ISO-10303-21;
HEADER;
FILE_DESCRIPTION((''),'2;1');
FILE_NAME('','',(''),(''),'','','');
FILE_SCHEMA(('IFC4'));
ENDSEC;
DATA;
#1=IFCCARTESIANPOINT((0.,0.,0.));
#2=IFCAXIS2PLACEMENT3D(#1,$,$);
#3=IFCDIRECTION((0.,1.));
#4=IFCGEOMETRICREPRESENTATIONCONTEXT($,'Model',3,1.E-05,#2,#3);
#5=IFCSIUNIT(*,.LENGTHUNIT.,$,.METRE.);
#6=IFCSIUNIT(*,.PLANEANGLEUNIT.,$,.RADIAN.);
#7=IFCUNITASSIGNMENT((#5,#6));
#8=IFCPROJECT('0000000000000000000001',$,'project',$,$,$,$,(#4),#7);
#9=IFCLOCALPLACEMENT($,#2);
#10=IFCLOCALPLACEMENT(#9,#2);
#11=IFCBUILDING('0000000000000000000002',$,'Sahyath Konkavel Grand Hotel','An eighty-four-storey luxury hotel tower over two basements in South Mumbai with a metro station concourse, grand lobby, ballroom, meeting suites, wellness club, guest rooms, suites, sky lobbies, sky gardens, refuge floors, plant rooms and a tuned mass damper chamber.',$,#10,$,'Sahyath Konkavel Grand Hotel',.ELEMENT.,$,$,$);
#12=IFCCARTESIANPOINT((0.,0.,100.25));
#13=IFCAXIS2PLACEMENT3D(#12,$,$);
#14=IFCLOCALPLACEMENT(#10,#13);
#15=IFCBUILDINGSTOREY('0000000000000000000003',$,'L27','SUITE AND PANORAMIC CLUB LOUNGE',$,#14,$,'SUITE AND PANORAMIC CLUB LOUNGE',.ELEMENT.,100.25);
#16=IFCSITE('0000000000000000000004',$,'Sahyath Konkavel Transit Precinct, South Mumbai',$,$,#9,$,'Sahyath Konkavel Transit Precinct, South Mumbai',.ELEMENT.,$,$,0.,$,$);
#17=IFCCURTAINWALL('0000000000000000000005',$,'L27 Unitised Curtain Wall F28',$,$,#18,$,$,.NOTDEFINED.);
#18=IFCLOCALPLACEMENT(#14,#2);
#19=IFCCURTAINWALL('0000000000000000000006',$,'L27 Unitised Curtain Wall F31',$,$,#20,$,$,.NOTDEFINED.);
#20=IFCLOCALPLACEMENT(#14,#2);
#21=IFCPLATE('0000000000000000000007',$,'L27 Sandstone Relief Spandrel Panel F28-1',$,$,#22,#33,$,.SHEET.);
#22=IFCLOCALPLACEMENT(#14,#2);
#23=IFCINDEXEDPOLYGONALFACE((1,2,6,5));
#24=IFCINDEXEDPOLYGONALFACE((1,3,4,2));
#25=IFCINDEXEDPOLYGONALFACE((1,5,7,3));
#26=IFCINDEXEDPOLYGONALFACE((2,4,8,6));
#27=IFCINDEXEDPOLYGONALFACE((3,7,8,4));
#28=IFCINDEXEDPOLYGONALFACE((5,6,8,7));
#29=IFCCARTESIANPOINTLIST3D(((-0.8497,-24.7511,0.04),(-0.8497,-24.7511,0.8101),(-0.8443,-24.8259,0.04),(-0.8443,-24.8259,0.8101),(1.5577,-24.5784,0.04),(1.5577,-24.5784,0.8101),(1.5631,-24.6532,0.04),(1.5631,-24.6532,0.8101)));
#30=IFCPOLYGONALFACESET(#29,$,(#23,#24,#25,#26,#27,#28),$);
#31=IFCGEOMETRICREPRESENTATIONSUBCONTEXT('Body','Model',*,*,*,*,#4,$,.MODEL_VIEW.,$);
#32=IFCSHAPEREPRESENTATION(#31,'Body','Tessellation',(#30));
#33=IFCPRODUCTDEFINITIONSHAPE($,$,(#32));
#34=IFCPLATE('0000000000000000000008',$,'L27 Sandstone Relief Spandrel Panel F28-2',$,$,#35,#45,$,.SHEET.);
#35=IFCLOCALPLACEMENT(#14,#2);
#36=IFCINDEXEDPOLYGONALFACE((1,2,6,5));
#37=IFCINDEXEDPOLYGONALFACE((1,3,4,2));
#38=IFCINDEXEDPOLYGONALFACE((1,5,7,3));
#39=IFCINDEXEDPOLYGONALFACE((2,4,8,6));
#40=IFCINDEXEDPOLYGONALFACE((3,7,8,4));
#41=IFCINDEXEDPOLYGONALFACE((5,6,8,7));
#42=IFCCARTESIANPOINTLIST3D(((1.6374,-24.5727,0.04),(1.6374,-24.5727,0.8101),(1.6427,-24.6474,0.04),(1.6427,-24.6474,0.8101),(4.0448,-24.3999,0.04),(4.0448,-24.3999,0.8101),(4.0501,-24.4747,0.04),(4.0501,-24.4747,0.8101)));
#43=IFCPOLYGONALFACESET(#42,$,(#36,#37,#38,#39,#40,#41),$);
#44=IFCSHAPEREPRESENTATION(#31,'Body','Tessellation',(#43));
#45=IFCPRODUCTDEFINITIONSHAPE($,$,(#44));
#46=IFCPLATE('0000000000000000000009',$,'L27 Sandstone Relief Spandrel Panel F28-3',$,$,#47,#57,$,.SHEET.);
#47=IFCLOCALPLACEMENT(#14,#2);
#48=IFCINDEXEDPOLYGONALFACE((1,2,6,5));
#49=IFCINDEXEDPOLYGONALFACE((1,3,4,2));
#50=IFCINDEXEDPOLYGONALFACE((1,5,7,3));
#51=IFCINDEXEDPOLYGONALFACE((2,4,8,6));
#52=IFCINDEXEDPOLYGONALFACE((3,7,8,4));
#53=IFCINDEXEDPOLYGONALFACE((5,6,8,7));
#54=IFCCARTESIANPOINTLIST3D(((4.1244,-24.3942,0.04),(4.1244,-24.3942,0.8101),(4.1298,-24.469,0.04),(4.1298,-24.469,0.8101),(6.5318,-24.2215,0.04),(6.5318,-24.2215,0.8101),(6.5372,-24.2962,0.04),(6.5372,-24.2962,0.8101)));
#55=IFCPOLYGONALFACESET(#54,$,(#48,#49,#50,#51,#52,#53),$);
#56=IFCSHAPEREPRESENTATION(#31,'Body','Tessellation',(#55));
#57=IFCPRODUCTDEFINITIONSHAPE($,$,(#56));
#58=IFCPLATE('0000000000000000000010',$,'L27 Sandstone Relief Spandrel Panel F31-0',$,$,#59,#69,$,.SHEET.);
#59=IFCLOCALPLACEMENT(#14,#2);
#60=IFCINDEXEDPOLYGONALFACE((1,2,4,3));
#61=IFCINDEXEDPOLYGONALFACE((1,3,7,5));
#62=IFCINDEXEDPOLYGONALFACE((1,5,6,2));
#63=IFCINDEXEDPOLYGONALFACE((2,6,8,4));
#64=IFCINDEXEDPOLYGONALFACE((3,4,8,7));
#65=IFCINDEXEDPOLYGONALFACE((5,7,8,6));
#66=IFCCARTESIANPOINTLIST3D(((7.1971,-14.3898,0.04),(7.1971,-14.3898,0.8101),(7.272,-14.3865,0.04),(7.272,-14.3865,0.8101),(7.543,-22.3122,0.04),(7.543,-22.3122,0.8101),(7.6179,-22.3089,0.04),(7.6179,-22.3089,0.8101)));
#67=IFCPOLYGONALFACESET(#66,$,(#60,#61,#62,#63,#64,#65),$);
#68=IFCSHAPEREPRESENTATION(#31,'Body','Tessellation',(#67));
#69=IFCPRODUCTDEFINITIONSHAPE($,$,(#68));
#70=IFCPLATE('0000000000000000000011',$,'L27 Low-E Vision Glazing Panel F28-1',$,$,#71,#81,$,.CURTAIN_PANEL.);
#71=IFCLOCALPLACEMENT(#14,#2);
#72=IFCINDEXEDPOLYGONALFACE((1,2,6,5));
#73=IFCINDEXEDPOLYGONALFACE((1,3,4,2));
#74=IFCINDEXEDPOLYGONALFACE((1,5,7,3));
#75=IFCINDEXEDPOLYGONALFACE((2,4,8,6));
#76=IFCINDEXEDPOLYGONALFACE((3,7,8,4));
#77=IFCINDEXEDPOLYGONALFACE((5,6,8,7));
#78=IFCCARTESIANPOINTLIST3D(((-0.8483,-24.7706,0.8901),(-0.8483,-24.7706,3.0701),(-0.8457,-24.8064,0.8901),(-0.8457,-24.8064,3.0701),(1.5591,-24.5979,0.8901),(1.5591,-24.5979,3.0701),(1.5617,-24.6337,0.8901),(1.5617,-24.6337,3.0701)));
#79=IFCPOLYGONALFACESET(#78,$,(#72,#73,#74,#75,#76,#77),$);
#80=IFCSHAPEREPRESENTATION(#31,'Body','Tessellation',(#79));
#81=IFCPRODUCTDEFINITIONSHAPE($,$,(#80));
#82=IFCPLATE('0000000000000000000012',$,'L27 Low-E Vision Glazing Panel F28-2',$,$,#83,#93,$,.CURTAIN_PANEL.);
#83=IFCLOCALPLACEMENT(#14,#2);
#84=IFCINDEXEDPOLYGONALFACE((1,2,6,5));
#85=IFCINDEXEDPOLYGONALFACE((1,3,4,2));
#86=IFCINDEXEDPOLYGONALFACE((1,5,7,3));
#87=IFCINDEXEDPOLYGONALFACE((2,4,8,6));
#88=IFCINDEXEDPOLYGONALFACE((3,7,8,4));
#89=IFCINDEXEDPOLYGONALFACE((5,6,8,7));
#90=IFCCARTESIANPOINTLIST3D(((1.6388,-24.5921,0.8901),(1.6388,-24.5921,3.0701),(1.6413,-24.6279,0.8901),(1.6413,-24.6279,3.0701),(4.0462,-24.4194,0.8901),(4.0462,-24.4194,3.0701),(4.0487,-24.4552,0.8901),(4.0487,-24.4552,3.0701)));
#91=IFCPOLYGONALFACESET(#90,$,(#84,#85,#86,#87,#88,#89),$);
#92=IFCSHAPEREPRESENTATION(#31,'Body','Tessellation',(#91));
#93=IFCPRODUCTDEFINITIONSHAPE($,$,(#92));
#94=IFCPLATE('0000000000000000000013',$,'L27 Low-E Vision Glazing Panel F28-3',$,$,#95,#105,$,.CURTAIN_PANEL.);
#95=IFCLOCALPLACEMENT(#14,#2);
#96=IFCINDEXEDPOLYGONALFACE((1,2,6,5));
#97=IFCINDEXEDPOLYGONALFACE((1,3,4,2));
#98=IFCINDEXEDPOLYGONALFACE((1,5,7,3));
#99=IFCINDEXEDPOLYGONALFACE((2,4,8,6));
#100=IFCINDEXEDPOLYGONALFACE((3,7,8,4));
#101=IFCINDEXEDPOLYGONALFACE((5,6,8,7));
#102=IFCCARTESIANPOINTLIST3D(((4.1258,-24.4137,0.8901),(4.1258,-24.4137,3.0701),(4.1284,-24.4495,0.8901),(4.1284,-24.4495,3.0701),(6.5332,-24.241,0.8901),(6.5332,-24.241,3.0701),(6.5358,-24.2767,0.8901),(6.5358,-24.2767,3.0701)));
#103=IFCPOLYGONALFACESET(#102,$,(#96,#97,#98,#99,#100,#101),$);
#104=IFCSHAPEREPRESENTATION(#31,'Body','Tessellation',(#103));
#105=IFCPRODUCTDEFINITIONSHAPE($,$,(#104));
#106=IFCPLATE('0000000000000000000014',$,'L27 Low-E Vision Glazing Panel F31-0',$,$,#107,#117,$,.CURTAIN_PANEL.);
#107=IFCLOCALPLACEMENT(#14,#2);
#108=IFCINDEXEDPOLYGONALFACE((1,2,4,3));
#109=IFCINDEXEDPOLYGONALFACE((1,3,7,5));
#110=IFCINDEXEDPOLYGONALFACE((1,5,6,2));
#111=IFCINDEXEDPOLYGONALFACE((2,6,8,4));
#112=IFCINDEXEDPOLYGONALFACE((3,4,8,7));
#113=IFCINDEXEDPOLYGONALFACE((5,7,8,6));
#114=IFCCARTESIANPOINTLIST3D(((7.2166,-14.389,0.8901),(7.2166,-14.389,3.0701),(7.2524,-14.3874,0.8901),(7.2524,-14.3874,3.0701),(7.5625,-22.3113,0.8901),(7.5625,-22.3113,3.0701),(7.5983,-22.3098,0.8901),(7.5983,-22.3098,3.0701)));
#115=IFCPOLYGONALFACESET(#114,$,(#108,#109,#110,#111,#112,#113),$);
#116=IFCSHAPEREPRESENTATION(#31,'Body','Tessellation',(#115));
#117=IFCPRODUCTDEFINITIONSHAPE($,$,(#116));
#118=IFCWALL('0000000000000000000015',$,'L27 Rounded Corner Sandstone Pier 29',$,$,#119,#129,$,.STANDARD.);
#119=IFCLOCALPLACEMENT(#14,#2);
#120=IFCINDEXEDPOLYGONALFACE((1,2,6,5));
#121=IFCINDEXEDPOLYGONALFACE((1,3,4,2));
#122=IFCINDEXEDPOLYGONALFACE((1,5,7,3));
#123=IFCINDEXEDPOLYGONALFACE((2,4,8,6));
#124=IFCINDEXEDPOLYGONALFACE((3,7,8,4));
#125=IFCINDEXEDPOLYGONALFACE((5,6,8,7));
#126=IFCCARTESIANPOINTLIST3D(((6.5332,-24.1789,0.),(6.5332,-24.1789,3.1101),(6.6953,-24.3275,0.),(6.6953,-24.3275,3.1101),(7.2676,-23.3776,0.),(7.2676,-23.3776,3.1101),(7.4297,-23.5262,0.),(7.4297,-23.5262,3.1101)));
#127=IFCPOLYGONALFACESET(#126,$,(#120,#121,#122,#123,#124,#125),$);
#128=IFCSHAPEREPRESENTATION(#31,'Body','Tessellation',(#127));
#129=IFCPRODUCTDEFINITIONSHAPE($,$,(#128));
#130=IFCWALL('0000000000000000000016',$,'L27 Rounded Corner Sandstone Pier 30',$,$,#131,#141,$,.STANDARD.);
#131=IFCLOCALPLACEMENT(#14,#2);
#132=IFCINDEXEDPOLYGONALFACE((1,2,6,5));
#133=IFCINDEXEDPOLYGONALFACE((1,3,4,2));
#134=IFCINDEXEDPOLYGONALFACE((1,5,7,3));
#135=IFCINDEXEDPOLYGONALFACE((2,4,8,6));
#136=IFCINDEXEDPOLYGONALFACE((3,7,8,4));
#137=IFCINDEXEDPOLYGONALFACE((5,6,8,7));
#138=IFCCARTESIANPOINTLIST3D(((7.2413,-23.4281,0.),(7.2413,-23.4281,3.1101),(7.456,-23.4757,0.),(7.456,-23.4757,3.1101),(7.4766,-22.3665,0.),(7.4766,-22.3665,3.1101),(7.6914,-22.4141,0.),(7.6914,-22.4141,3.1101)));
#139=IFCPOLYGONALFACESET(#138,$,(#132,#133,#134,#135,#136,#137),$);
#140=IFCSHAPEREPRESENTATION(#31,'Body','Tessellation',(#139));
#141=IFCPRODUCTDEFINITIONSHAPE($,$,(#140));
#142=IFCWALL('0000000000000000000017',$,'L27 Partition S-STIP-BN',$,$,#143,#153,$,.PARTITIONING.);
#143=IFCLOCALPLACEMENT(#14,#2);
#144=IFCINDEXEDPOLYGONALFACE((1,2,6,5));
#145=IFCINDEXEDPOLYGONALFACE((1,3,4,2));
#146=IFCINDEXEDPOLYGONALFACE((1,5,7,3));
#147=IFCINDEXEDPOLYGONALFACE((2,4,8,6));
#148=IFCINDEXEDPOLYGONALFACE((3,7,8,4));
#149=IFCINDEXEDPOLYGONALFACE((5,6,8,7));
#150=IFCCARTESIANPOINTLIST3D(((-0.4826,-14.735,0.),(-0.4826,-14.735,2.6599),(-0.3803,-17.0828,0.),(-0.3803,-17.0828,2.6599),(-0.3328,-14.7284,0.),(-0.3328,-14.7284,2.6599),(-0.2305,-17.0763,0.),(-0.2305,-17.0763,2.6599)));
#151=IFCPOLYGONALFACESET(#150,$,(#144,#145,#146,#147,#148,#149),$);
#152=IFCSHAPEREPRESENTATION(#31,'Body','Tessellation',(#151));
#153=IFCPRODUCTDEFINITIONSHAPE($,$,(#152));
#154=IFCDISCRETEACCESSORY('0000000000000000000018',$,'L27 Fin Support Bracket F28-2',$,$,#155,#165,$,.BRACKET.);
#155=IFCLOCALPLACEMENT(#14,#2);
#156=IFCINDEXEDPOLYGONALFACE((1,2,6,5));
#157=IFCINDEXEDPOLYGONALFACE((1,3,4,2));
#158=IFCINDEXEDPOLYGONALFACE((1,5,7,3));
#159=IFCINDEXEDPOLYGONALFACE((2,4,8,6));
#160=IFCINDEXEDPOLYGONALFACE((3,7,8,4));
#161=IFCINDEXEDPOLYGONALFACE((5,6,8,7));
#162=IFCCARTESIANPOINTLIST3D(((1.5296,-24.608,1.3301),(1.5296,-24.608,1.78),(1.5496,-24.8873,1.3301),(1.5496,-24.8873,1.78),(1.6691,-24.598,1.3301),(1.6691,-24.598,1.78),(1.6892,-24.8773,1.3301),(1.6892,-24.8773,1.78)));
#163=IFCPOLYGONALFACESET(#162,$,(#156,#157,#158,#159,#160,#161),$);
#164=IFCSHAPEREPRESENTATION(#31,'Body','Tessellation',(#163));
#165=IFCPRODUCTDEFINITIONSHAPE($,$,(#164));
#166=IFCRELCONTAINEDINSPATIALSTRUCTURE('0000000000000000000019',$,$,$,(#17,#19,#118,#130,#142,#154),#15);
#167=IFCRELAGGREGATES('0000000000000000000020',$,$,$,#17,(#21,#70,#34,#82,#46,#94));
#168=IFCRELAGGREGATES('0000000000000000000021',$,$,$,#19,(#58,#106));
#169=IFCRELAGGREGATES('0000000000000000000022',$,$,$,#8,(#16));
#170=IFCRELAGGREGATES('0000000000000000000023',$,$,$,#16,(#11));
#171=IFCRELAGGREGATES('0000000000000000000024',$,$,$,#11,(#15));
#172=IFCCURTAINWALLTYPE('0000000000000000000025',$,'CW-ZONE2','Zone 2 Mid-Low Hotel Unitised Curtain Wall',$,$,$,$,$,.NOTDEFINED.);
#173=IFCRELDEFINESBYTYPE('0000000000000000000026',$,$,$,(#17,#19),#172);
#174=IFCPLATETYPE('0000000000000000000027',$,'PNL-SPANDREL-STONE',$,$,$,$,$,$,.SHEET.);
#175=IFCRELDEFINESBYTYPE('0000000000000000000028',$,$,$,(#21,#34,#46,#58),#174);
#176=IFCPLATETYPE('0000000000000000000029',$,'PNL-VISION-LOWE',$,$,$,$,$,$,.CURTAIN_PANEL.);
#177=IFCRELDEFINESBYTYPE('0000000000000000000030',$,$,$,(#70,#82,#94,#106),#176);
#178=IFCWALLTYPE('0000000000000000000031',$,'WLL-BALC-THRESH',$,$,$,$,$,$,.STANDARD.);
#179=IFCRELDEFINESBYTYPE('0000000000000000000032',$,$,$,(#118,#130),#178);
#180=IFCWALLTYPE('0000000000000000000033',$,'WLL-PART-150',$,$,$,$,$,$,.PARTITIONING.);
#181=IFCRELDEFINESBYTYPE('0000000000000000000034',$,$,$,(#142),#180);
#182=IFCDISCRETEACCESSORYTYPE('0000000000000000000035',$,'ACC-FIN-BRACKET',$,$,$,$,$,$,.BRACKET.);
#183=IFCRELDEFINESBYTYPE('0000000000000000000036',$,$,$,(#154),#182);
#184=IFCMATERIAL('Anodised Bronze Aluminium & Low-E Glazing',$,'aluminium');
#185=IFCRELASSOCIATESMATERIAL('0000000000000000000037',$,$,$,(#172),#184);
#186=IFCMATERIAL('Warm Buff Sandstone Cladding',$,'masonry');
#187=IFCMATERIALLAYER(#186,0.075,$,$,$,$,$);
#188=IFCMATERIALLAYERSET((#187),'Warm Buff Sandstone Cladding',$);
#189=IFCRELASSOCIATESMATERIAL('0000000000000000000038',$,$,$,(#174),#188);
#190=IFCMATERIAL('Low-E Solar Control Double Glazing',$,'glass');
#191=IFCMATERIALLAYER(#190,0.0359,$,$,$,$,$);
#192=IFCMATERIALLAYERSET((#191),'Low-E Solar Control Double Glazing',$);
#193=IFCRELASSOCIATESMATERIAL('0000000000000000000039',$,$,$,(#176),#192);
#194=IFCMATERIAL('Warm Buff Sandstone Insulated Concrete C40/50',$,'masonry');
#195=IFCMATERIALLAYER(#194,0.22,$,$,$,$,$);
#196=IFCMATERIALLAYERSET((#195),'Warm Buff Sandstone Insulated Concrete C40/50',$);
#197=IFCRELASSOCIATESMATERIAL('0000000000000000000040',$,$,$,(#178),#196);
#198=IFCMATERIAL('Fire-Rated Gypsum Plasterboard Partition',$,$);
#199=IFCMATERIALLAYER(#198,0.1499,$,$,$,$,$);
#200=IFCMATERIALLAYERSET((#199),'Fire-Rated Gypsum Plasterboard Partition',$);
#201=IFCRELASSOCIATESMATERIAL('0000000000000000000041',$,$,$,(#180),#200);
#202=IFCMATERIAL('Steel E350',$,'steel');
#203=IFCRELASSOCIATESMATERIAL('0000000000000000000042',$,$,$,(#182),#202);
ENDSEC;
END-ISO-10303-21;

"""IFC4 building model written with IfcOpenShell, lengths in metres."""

from ifc_helpers import new_model, si_unit, direction, frame, frame_2d, origin, origin_2d, place, context, subcontext, project, spatial, rectangle, extrude, source, transform, mapped, material, layer, layer_set, type_object, element, aggregate, save


model = new_model("IFC4")

# Units and contexts
model_context = context("Model", 3, precision=1e-05, world=origin(), true_north=direction((0.0, 1.0)))
body_context = subcontext(model_context, "Body", "Model", "MODEL_VIEW")
ifc_project = project(units=[si_unit("LENGTHUNIT", "METRE"), si_unit("PLANEANGLEUNIT", "RADIAN")], contexts=[model_context])

# Site, building, storey
site_placement = place(None, origin())
site = spatial("IfcSite", under=ifc_project, at=site_placement, Name="Sahyath Konkavel Transit Precinct, South Mumbai", LongName="Sahyath Konkavel Transit Precinct, South Mumbai", CompositionType="ELEMENT", RefElevation=0.0)
building_placement = place(site_placement, origin())
building = spatial("IfcBuilding", under=site, at=building_placement, Name="Sahyath Konkavel Grand Hotel", Description="An eighty-four-storey luxury hotel tower over two basements in South Mumbai with a metro station concourse, grand lobby, ballroom, meeting suites, wellness club, guest rooms, suites, sky lobbies, sky gardens, refuge floors, plant rooms and a tuned mass damper chamber.", LongName="Sahyath Konkavel Grand Hotel", CompositionType="ELEMENT")
storey_placement = place(building_placement, frame((0.0, 0.0, 100.25)))
storey = spatial("IfcBuildingStorey", under=building, at=storey_placement, Name="L27", Description="SUITE AND PANORAMIC CLUB LOUNGE", LongName="SUITE AND PANORAMIC CLUB LOUNGE", CompositionType="ELEMENT", Elevation=100.25)

# Curtain wall
ifc_material_1 = material(Name="Anodised Bronze Aluminium & Low-E Glazing", Category="aluminium")
curtain_wall_type = type_object("IfcCurtainWallType", Name="CW-ZONE2", Description="Zone 2 Mid-Low Hotel Unitised Curtain Wall", PredefinedType="NOTDEFINED", material=ifc_material_1)
curtain_wall_1_placement = place(storey_placement, origin())
curtain_wall_1 = element("IfcCurtainWall", 1, at=curtain_wall_1_placement, inside=storey, type_object=curtain_wall_type, Name="L27 Unitised Curtain Wall F28", PredefinedType="NOTDEFINED")

# Curtain wall
curtain_wall_2_placement = place(storey_placement, origin())
curtain_wall_2 = element("IfcCurtainWall", 2, at=curtain_wall_2_placement, inside=storey, type_object=curtain_wall_type, Name="L27 Unitised Curtain Wall F31", PredefinedType="NOTDEFINED")

# Plates
ifc_material_2 = material(Name="Warm Buff Sandstone Cladding", Category="masonry")
ifc_layer_1 = layer(ifc_material_2, 0.075)
ifc_layer_set_1 = layer_set([ifc_layer_1], Name="Warm Buff Sandstone Cladding")
plate_type_1 = type_object("IfcPlateType", Name="PNL-SPANDREL-STONE", PredefinedType="SHEET", material=ifc_layer_set_1)
shared_shape_1 = source(origin(), body_context, "Body", "SweptSolid", [
    extrude(rectangle(XDim=2.4136, YDim=0.075, at=origin_2d()), origin(), (0.0, 0.0, 1.0), 0.77),
])
plate_1_placement = place(storey_placement, frame((0.3567, -24.7021, 0.04), z_axis=(0.0, 0.0, 1.0), x_axis=(0.997436, 0.071567, 0.0)))
plate_1 = element("IfcPlate", 3, at=plate_1_placement, type_object=plate_type_1, Name="L27 Sandstone Relief Spandrel Panel F28-1", PredefinedType="SHEET", context=body_context, shape_type="MappedRepresentation", body=[
    mapped(shared_shape_1, transform((0.0, 0.0, 0.0), scale=1.0)),
])
plate_2_placement = place(storey_placement, frame((2.8438, -24.5237, 0.04), z_axis=(0.0, 0.0, 1.0), x_axis=(0.997436, 0.071567, 0.0)))
plate_2 = element("IfcPlate", 4, at=plate_2_placement, type_object=plate_type_1, Name="L27 Sandstone Relief Spandrel Panel F28-2", PredefinedType="SHEET", context=body_context, shape_type="MappedRepresentation", body=[
    mapped(shared_shape_1, transform((0.0, 0.0, 0.0), scale=1.0)),
])
plate_3_placement = place(storey_placement, frame((5.3308, -24.3452, 0.04), z_axis=(0.0, 0.0, 1.0), x_axis=(0.997436, 0.071567, 0.0)))
plate_3 = element("IfcPlate", 5, at=plate_3_placement, type_object=plate_type_1, Name="L27 Sandstone Relief Spandrel Panel F28-3", PredefinedType="SHEET", context=body_context, shape_type="MappedRepresentation", body=[
    mapped(shared_shape_1, transform((0.0, 0.0, 0.0), scale=1.0)),
])
shared_shape_2 = source(origin(), body_context, "Body", "SweptSolid", [
    extrude(rectangle(XDim=7.9299, YDim=0.075, at=origin_2d()), origin(), (0.0, 0.0, 1.0), 0.77),
])
plate_4_placement = place(storey_placement, frame((7.4075, -18.3494, 0.04), z_axis=(0.0, 0.0, 1.0), x_axis=(-0.043619, 0.999048, 0.0)))
plate_4 = element("IfcPlate", 6, at=plate_4_placement, type_object=plate_type_1, Name="L27 Sandstone Relief Spandrel Panel F31-0", PredefinedType="SHEET", context=body_context, shape_type="MappedRepresentation", body=[
    mapped(shared_shape_2, transform((0.0, 0.0, 0.0), scale=1.0)),
])
ifc_material_3 = material(Name="Low-E Solar Control Double Glazing", Category="glass")
ifc_layer_2 = layer(ifc_material_3, 0.0359)
ifc_layer_set_2 = layer_set([ifc_layer_2], Name="Low-E Solar Control Double Glazing")
plate_type_2 = type_object("IfcPlateType", Name="PNL-VISION-LOWE", PredefinedType="CURTAIN_PANEL", material=ifc_layer_set_2)
shared_shape_3 = source(origin(), body_context, "Body", "SweptSolid", [
    extrude(rectangle(XDim=2.4136, YDim=0.0359, at=origin_2d()), origin(), (0.0, 0.0, 1.0), 2.1799),
])
plate_5_placement = place(storey_placement, frame((0.3567, -24.7021, 0.8901), z_axis=(0.0, 0.0, 1.0), x_axis=(0.997436, 0.071567, 0.0)))
plate_5 = element("IfcPlate", 7, at=plate_5_placement, type_object=plate_type_2, Name="L27 Low-E Vision Glazing Panel F28-1", PredefinedType="CURTAIN_PANEL", context=body_context, shape_type="MappedRepresentation", body=[
    mapped(shared_shape_3, transform((0.0, 0.0, 0.0), scale=1.0)),
])
plate_6_placement = place(storey_placement, frame((2.8438, -24.5237, 0.8901), z_axis=(0.0, 0.0, 1.0), x_axis=(0.997436, 0.071567, 0.0)))
plate_6 = element("IfcPlate", 8, at=plate_6_placement, type_object=plate_type_2, Name="L27 Low-E Vision Glazing Panel F28-2", PredefinedType="CURTAIN_PANEL", context=body_context, shape_type="MappedRepresentation", body=[
    mapped(shared_shape_3, transform((0.0, 0.0, 0.0), scale=1.0)),
])
plate_7_placement = place(storey_placement, frame((5.3308, -24.3452, 0.8901), z_axis=(0.0, 0.0, 1.0), x_axis=(0.997436, 0.071567, 0.0)))
plate_7 = element("IfcPlate", 9, at=plate_7_placement, type_object=plate_type_2, Name="L27 Low-E Vision Glazing Panel F28-3", PredefinedType="CURTAIN_PANEL", context=body_context, shape_type="MappedRepresentation", body=[
    mapped(shared_shape_3, transform((0.0, 0.0, 0.0), scale=1.0)),
])
aggregate(curtain_wall_1, [plate_1, plate_5, plate_2, plate_6, plate_3, plate_7])
shared_shape_4 = source(origin(), body_context, "Body", "SweptSolid", [
    extrude(rectangle(XDim=7.9299, YDim=0.0359, at=origin_2d()), origin(), (0.0, 0.0, 1.0), 2.1799),
])
plate_8_placement = place(storey_placement, frame((7.4075, -18.3494, 0.8901), z_axis=(0.0, 0.0, 1.0), x_axis=(-0.043619, 0.999048, 0.0)))
plate_8 = element("IfcPlate", 10, at=plate_8_placement, type_object=plate_type_2, Name="L27 Low-E Vision Glazing Panel F31-0", PredefinedType="CURTAIN_PANEL", context=body_context, shape_type="MappedRepresentation", body=[
    mapped(shared_shape_4, transform((0.0, 0.0, 0.0), scale=1.0)),
])
aggregate(curtain_wall_2, [plate_4, plate_8])

# Walls
ifc_material_4 = material(Name="Warm Buff Sandstone Insulated Concrete C40/50", Category="masonry")
ifc_layer_3 = layer(ifc_material_4, 0.22)
ifc_layer_set_3 = layer_set([ifc_layer_3], Name="Warm Buff Sandstone Insulated Concrete C40/50")
wall_type_1 = type_object("IfcWallType", Name="WLL-BALC-THRESH", PredefinedType="STANDARD", material=ifc_layer_set_3)
wall_1_placement = place(storey_placement, frame((6.6143, -24.2532, 0.0), z_axis=(0.0, 0.0, 1.0), x_axis=(0.675664, 0.73721, 0.0)))
element("IfcWall", 11, at=wall_1_placement, inside=storey, type_object=wall_type_1, Name="L27 Rounded Corner Sandstone Pier 29", PredefinedType="STANDARD", context=body_context, shape_type="SweptSolid", body=[
    extrude(rectangle(XDim=1.0869, YDim=0.22, at=frame_2d((0.5435, 0.0))), origin(), (0.0, 0.0, 1.0), 3.1101),
])
wall_2_placement = place(storey_placement, frame((7.3486, -23.4519, 0.0), z_axis=(0.0, 0.0, 1.0), x_axis=(0.216455, 0.976293, 0.0)))
element("IfcWall", 12, at=wall_2_placement, inside=storey, type_object=wall_type_1, Name="L27 Rounded Corner Sandstone Pier 30", PredefinedType="STANDARD", context=body_context, shape_type="SweptSolid", body=[
    extrude(rectangle(XDim=1.0874, YDim=0.22, at=frame_2d((0.5437, 0.0))), origin(), (0.0, 0.0, 1.0), 3.1101),
])
ifc_material_5 = material(Name="Fire-Rated Gypsum Plasterboard Partition")
ifc_layer_4 = layer(ifc_material_5, 0.1499)
ifc_layer_set_4 = layer_set([ifc_layer_4], Name="Fire-Rated Gypsum Plasterboard Partition")
wall_type_2 = type_object("IfcWallType", Name="WLL-PART-150", PredefinedType="PARTITIONING", material=ifc_layer_set_4)
wall_3_placement = place(storey_placement, frame((-0.4077, -14.7317, 0.0), z_axis=(0.0, 0.0, 1.0), x_axis=(0.043527, -0.999052, 0.0)))
element("IfcWall", 13, at=wall_3_placement, inside=storey, type_object=wall_type_2, Name="L27 Partition S-STIP-BN", PredefinedType="PARTITIONING", context=body_context, shape_type="SweptSolid", body=[
    extrude(rectangle(XDim=2.3501, YDim=0.1499, at=frame_2d((1.175, 0.0))), origin(), (0.0, 0.0, 1.0), 2.6599),
])

# Discrete accessory
ifc_material_6 = material(Name="Steel E350", Category="steel")
discrete_accessory_type = type_object("IfcDiscreteAccessoryType", Name="ACC-FIN-BRACKET", PredefinedType="BRACKET", material=ifc_material_6)
shared_shape_5 = source(origin(), body_context, "Body", "SweptSolid", [
    extrude(rectangle(XDim=0.28, YDim=0.1399, at=origin_2d()), origin(), (0.0, 0.0, 1.0), 0.45),
])
discrete_accessory_placement = place(storey_placement, frame((1.6094, -24.7427, 1.3301), z_axis=(0.0, 0.0, 1.0), x_axis=(0.071567, -0.997436, 0.0)))
element("IfcDiscreteAccessory", 14, at=discrete_accessory_placement, inside=storey, type_object=discrete_accessory_type, Name="L27 Fin Support Bracket F28-2", PredefinedType="BRACKET", context=body_context, shape_type="MappedRepresentation", body=[
    mapped(shared_shape_5, transform((0.0, 0.0, 0.0), scale=1.0)),
])

save(model, "model.ifc")
